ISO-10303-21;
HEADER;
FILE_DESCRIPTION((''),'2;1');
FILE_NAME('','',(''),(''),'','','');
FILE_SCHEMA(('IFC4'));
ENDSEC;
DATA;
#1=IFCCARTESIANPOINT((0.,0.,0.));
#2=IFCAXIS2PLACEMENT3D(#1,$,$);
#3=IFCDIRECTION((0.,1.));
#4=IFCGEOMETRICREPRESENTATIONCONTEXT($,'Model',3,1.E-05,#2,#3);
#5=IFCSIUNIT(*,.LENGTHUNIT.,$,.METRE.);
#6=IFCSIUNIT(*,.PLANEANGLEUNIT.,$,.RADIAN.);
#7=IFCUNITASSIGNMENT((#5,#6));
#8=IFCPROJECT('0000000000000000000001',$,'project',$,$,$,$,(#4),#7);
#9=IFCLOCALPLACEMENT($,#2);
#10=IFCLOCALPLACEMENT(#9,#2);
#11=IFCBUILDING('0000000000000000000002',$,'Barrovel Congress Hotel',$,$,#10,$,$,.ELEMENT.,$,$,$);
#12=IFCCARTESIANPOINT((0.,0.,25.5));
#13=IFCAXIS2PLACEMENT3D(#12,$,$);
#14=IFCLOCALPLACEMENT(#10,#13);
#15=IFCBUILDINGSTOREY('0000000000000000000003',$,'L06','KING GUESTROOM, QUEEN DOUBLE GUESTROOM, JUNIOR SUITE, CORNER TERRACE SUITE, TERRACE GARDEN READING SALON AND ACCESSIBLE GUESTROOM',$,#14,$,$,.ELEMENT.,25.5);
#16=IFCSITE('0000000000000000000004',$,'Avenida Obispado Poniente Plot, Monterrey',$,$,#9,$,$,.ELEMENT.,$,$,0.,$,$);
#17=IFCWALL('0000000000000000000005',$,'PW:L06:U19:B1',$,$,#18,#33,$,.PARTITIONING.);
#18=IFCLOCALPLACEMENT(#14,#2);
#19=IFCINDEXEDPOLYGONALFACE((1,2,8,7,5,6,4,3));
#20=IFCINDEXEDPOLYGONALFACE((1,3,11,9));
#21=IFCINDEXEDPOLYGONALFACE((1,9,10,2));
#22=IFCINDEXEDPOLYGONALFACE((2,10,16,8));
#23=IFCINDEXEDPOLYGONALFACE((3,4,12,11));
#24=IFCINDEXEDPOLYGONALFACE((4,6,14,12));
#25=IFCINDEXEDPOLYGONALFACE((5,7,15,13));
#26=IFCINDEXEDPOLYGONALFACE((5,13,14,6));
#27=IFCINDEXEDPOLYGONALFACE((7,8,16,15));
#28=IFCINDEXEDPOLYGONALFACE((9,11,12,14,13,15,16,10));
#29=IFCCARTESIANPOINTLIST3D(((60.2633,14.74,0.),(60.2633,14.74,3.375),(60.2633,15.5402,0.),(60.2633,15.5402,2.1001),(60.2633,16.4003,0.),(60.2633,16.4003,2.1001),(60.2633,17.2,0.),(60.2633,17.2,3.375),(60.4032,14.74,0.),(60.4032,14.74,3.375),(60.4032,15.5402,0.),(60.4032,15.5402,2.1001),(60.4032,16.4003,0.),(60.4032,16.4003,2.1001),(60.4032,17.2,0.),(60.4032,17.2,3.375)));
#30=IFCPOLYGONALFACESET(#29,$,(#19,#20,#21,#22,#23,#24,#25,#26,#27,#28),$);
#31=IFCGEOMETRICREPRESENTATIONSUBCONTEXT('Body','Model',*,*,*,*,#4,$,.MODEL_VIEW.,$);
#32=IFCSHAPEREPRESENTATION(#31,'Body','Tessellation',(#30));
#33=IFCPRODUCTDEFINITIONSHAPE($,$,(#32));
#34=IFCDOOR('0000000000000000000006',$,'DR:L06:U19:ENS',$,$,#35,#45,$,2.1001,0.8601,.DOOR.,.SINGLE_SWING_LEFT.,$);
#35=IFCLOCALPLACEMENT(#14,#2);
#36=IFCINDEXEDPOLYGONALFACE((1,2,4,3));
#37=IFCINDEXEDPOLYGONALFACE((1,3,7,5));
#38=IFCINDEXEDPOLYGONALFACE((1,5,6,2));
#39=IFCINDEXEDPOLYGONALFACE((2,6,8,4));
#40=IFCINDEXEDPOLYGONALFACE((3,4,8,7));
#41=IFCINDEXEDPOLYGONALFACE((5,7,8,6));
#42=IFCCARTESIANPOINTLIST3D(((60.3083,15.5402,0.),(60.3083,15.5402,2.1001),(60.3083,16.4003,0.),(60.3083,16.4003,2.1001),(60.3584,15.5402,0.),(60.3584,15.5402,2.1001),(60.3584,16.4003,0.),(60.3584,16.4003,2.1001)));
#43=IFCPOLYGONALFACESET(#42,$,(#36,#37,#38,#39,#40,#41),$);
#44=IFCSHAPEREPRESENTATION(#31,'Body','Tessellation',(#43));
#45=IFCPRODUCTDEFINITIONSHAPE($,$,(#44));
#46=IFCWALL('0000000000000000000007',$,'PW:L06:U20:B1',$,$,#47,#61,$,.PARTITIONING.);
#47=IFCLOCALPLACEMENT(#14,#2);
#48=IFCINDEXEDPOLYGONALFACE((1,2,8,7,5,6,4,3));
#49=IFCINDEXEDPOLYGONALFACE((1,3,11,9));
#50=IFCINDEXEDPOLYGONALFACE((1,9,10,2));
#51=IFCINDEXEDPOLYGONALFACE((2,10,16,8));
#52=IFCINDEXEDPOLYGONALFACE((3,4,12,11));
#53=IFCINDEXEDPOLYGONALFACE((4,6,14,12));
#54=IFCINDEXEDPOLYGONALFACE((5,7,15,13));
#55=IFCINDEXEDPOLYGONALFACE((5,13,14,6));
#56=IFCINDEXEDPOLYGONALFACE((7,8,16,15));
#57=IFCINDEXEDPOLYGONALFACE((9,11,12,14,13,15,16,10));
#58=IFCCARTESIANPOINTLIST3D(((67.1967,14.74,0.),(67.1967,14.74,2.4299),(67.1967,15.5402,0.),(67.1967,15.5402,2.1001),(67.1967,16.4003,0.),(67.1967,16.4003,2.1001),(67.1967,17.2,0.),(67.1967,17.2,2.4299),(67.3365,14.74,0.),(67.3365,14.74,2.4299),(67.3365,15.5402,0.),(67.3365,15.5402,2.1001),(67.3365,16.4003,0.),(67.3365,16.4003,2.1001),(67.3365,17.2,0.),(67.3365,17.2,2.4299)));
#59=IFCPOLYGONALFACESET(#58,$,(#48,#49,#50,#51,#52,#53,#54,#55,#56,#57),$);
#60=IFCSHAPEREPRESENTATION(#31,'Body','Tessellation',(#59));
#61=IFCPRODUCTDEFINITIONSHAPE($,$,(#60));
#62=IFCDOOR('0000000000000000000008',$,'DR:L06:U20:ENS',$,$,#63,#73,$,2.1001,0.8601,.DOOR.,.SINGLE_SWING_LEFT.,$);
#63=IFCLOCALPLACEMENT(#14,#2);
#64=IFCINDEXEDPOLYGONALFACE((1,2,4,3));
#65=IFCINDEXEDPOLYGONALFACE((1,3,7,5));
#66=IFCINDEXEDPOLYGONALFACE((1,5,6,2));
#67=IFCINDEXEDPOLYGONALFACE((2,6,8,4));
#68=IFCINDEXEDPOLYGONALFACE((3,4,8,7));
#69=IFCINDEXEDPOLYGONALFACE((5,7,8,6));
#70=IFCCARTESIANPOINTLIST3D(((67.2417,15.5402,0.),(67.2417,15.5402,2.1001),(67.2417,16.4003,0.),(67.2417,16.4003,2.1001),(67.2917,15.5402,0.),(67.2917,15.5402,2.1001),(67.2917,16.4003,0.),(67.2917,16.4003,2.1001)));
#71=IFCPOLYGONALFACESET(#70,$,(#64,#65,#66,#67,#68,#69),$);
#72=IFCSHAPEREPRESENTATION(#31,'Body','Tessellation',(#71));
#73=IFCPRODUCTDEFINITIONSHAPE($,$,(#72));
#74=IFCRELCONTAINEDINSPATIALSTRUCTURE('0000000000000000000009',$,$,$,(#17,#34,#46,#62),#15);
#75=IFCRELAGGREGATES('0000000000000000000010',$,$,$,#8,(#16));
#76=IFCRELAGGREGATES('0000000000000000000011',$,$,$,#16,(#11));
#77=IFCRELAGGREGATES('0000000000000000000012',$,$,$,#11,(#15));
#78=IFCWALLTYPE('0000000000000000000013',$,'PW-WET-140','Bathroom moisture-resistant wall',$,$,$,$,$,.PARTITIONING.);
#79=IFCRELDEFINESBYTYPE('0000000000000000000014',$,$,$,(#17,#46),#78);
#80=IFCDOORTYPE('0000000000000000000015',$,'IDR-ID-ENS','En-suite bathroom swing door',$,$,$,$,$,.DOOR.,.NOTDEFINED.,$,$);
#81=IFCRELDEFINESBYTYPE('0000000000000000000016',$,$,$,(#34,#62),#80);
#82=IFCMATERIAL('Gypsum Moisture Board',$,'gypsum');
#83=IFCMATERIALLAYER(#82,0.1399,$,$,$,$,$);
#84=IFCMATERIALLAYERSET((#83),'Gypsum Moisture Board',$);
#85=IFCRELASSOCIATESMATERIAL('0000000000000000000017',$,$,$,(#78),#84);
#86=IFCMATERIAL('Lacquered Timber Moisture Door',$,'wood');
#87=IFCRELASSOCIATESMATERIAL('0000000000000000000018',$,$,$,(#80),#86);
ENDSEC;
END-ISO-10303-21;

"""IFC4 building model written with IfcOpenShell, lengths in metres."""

from ifc_helpers import new_model, si_unit, direction, frame, frame_2d, origin, place, context, subcontext, project, spatial, rectangle, extrude, material, layer, layer_set, type_object, element, fill, save


model = new_model("IFC4")

# Units and contexts
model_context = context("Model", 3, precision=1e-05, world=origin(), true_north=direction((0.0, 1.0)))
body_context = subcontext(model_context, "Body", "Model", "MODEL_VIEW")
ifc_project = project(units=[si_unit("LENGTHUNIT", "METRE"), si_unit("PLANEANGLEUNIT", "RADIAN")], contexts=[model_context])

# Site, building, storey
site_placement = place(None, origin())
site = spatial("IfcSite", under=ifc_project, at=site_placement, Name="Avenida Obispado Poniente Plot, Monterrey", CompositionType="ELEMENT", RefElevation=0.0)
building_placement = place(site_placement, origin())
building = spatial("IfcBuilding", under=site, at=building_placement, Name="Barrovel Congress Hotel", CompositionType="ELEMENT")
storey_placement = place(building_placement, frame((0.0, 0.0, 25.5)))
storey = spatial("IfcBuildingStorey", under=building, at=storey_placement, Name="L06", Description="KING GUESTROOM, QUEEN DOUBLE GUESTROOM, JUNIOR SUITE, CORNER TERRACE SUITE, TERRACE GARDEN READING SALON AND ACCESSIBLE GUESTROOM", CompositionType="ELEMENT", Elevation=25.5)

# Walls, openings, doors
ifc_material_1 = material(Name="Gypsum Moisture Board", Category="gypsum")
ifc_layer_1 = layer(ifc_material_1, 0.1399)
ifc_layer_set_1 = layer_set([ifc_layer_1], Name="Gypsum Moisture Board")
wall_type_1 = type_object("IfcWallType", Name="PW-WET-140", Description="Bathroom moisture-resistant wall", PredefinedType="PARTITIONING", material=ifc_layer_set_1)
wall_1_placement = place(storey_placement, frame((60.3333, 14.74, 0.0), z_axis=(0.0, 0.0, 1.0), x_axis=(0.0, 1.0, 0.0)))
wall_1 = element("IfcWall", 1, at=wall_1_placement, inside=storey, type_object=wall_type_1, Name="PW:L06:U19:B1", PredefinedType="PARTITIONING", context=body_context, shape_type="SweptSolid", body=[
    extrude(rectangle(XDim=2.46, YDim=0.1399, at=frame_2d((1.23, 0.0))), origin(), (0.0, 0.0, 1.0), 3.375),
])
opening_1_placement = place(wall_1_placement, frame((0.8, 0.0, 0.0)))
opening_1 = element("IfcOpeningElement", 2, at=opening_1_placement, cuts=wall_1, PredefinedType="OPENING", context=body_context, shape_type="SweptSolid", body=[
    extrude(rectangle(XDim=0.8601, YDim=2.1001, at=frame_2d((0.4302, 1.05))), frame((0.0, 0.0801, 0.0), z_axis=(0.0, -1.0, 0.0), x_axis=(1.0, 0.0, 0.0)), (0.0, 0.0, 1.0), 0.1599),
])
ifc_material_2 = material(Name="Lacquered Timber Moisture Door", Category="wood")
door_type_1 = type_object("IfcDoorType", Name="IDR-ID-ENS", Description="En-suite bathroom swing door", OperationType="NOTDEFINED", PredefinedType="DOOR", material=ifc_material_2)
door_1_placement = place(opening_1_placement, origin())
door_1 = element("IfcDoor", 3, at=door_1_placement, inside=storey, type_object=door_type_1, Name="DR:L06:U19:ENS", OperationType="SINGLE_SWING_LEFT", OverallHeight=2.1001, OverallWidth=0.8601, PredefinedType="DOOR", context=body_context, shape_type="SweptSolid", body=[
    extrude(rectangle(XDim=0.8601, YDim=2.1001, at=frame_2d((0.4302, 1.05))), frame((0.0, 0.0249, 0.0), z_axis=(0.0, -1.0, 0.0), x_axis=(1.0, 0.0, 0.0)), (0.0, 0.0, 1.0), 0.05),
])
fill(opening_1, door_1)
wall_2_placement = place(storey_placement, frame((67.2666, 14.74, 0.0), z_axis=(0.0, 0.0, 1.0), x_axis=(0.0, 1.0, 0.0)))
wall_2 = element("IfcWall", 4, at=wall_2_placement, inside=storey, type_object=wall_type_1, Name="PW:L06:U20:B1", PredefinedType="PARTITIONING", context=body_context, shape_type="SweptSolid", body=[
    extrude(rectangle(XDim=2.46, YDim=0.1399, at=frame_2d((1.23, 0.0))), origin(), (0.0, 0.0, 1.0), 2.4299),
])
opening_2_placement = place(wall_2_placement, frame((0.8, 0.0, 0.0)))
opening_2 = element("IfcOpeningElement", 5, at=opening_2_placement, cuts=wall_2, PredefinedType="OPENING", context=body_context, shape_type="SweptSolid", body=[
    extrude(rectangle(XDim=0.8601, YDim=2.1001, at=frame_2d((0.4302, 1.05))), frame((0.0, 0.0801, 0.0), z_axis=(0.0, -1.0, 0.0), x_axis=(1.0, 0.0, 0.0)), (0.0, 0.0, 1.0), 0.1599),
])
door_2_placement = place(opening_2_placement, origin())
door_2 = element("IfcDoor", 6, at=door_2_placement, inside=storey, type_object=door_type_1, Name="DR:L06:U20:ENS", OperationType="SINGLE_SWING_LEFT", OverallHeight=2.1001, OverallWidth=0.8601, PredefinedType="DOOR", context=body_context, shape_type="SweptSolid", body=[
    extrude(rectangle(XDim=0.8601, YDim=2.1001, at=frame_2d((0.4302, 1.05))), frame((0.0, 0.0249, 0.0), z_axis=(0.0, -1.0, 0.0), x_axis=(1.0, 0.0, 0.0)), (0.0, 0.0, 1.0), 0.05),
])
fill(opening_2, door_2)

save(model, "model.ifc")
